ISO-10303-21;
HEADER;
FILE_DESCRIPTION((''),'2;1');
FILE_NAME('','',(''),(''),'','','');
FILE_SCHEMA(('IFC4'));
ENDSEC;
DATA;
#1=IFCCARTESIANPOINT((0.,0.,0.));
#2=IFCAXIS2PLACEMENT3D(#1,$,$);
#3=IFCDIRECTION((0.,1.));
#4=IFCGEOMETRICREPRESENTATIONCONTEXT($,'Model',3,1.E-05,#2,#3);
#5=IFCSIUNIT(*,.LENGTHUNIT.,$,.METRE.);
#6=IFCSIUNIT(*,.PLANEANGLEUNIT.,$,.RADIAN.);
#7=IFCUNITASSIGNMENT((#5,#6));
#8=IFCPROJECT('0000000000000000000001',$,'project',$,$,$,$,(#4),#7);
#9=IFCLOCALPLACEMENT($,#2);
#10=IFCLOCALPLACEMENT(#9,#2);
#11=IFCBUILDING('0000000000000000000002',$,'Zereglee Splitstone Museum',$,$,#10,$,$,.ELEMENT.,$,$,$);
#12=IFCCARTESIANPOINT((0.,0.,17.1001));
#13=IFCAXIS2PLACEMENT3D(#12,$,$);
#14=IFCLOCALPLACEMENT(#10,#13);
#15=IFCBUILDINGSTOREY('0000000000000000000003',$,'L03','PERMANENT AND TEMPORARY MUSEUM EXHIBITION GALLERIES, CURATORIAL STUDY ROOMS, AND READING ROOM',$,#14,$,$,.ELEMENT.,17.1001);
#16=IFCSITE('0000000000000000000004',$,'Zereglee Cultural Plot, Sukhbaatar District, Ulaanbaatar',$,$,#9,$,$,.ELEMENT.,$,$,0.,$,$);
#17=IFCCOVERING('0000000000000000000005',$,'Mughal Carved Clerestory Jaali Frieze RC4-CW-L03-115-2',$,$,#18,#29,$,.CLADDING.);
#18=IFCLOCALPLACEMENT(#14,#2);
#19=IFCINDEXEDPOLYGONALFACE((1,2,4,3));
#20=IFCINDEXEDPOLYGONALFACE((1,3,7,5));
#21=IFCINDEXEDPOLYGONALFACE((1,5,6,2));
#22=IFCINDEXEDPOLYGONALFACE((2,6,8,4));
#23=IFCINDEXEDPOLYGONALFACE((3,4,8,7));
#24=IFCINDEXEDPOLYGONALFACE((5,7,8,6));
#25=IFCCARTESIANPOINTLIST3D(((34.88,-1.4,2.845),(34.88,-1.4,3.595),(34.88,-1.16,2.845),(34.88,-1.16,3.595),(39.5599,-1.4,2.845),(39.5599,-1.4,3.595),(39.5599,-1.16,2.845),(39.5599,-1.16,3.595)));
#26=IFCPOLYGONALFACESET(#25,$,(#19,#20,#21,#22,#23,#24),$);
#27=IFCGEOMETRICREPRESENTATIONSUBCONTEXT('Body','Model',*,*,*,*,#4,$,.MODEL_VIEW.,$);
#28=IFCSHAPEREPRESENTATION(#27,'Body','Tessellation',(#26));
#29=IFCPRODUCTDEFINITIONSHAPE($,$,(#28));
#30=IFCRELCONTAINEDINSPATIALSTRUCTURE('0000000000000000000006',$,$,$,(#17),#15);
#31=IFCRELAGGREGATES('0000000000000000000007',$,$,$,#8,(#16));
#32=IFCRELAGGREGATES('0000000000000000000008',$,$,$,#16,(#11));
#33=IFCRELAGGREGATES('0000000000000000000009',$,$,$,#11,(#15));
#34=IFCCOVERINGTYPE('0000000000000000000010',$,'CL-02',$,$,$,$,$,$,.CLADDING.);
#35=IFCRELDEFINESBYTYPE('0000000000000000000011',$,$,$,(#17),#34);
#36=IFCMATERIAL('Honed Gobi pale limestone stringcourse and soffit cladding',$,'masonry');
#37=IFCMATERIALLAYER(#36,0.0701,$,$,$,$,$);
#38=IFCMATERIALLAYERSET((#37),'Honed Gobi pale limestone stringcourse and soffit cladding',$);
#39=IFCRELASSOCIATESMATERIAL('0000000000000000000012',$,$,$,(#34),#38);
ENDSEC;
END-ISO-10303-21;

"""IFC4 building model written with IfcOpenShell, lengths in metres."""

from ifc_helpers import new_model, si_unit, direction, frame, origin, origin_2d, place, context, subcontext, project, spatial, rectangle, extrude, material, layer, layer_set, type_object, element, save


model = new_model("IFC4")

# Units and contexts
model_context = context("Model", 3, precision=1e-05, world=origin(), true_north=direction((0.0, 1.0)))
body_context = subcontext(model_context, "Body", "Model", "MODEL_VIEW")
ifc_project = project(units=[si_unit("LENGTHUNIT", "METRE"), si_unit("PLANEANGLEUNIT", "RADIAN")], contexts=[model_context])

# Site, building, storey
site_placement = place(None, origin())
site = spatial("IfcSite", under=ifc_project, at=site_placement, Name="Zereglee Cultural Plot, Sukhbaatar District, Ulaanbaatar", CompositionType="ELEMENT", RefElevation=0.0)
building_placement = place(site_placement, origin())
building = spatial("IfcBuilding", under=site, at=building_placement, Name="Zereglee Splitstone Museum", CompositionType="ELEMENT")
storey_placement = place(building_placement, frame((0.0, 0.0, 17.1001)))
storey = spatial("IfcBuildingStorey", under=building, at=storey_placement, Name="L03", Description="PERMANENT AND TEMPORARY MUSEUM EXHIBITION GALLERIES, CURATORIAL STUDY ROOMS, AND READING ROOM", CompositionType="ELEMENT", Elevation=17.1001)

# Covering
ifc_material_1 = material(Name="Honed Gobi pale limestone stringcourse and soffit cladding", Category="masonry")
ifc_layer_1 = layer(ifc_material_1, 0.0701)
ifc_layer_set_1 = layer_set([ifc_layer_1], Name="Honed Gobi pale limestone stringcourse and soffit cladding")
covering_type = type_object("IfcCoveringType", Name="CL-02", PredefinedType="CLADDING", material=ifc_layer_set_1)
covering_placement = place(storey_placement, frame((37.22, -1.28, 2.845), z_axis=(0.0, 0.0, 1.0), x_axis=(1.0, 0.0, 0.0)))
element("IfcCovering", 1, at=covering_placement, inside=storey, type_object=covering_type, Name="Mughal Carved Clerestory Jaali Frieze RC4-CW-L03-115-2", PredefinedType="CLADDING", context=body_context, shape_type="SweptSolid", body=[
    extrude(rectangle(XDim=4.6799, YDim=0.24, at=origin_2d()), origin(), (0.0, 0.0, 1.0), 0.75),
])

save(model, "model.ifc")
